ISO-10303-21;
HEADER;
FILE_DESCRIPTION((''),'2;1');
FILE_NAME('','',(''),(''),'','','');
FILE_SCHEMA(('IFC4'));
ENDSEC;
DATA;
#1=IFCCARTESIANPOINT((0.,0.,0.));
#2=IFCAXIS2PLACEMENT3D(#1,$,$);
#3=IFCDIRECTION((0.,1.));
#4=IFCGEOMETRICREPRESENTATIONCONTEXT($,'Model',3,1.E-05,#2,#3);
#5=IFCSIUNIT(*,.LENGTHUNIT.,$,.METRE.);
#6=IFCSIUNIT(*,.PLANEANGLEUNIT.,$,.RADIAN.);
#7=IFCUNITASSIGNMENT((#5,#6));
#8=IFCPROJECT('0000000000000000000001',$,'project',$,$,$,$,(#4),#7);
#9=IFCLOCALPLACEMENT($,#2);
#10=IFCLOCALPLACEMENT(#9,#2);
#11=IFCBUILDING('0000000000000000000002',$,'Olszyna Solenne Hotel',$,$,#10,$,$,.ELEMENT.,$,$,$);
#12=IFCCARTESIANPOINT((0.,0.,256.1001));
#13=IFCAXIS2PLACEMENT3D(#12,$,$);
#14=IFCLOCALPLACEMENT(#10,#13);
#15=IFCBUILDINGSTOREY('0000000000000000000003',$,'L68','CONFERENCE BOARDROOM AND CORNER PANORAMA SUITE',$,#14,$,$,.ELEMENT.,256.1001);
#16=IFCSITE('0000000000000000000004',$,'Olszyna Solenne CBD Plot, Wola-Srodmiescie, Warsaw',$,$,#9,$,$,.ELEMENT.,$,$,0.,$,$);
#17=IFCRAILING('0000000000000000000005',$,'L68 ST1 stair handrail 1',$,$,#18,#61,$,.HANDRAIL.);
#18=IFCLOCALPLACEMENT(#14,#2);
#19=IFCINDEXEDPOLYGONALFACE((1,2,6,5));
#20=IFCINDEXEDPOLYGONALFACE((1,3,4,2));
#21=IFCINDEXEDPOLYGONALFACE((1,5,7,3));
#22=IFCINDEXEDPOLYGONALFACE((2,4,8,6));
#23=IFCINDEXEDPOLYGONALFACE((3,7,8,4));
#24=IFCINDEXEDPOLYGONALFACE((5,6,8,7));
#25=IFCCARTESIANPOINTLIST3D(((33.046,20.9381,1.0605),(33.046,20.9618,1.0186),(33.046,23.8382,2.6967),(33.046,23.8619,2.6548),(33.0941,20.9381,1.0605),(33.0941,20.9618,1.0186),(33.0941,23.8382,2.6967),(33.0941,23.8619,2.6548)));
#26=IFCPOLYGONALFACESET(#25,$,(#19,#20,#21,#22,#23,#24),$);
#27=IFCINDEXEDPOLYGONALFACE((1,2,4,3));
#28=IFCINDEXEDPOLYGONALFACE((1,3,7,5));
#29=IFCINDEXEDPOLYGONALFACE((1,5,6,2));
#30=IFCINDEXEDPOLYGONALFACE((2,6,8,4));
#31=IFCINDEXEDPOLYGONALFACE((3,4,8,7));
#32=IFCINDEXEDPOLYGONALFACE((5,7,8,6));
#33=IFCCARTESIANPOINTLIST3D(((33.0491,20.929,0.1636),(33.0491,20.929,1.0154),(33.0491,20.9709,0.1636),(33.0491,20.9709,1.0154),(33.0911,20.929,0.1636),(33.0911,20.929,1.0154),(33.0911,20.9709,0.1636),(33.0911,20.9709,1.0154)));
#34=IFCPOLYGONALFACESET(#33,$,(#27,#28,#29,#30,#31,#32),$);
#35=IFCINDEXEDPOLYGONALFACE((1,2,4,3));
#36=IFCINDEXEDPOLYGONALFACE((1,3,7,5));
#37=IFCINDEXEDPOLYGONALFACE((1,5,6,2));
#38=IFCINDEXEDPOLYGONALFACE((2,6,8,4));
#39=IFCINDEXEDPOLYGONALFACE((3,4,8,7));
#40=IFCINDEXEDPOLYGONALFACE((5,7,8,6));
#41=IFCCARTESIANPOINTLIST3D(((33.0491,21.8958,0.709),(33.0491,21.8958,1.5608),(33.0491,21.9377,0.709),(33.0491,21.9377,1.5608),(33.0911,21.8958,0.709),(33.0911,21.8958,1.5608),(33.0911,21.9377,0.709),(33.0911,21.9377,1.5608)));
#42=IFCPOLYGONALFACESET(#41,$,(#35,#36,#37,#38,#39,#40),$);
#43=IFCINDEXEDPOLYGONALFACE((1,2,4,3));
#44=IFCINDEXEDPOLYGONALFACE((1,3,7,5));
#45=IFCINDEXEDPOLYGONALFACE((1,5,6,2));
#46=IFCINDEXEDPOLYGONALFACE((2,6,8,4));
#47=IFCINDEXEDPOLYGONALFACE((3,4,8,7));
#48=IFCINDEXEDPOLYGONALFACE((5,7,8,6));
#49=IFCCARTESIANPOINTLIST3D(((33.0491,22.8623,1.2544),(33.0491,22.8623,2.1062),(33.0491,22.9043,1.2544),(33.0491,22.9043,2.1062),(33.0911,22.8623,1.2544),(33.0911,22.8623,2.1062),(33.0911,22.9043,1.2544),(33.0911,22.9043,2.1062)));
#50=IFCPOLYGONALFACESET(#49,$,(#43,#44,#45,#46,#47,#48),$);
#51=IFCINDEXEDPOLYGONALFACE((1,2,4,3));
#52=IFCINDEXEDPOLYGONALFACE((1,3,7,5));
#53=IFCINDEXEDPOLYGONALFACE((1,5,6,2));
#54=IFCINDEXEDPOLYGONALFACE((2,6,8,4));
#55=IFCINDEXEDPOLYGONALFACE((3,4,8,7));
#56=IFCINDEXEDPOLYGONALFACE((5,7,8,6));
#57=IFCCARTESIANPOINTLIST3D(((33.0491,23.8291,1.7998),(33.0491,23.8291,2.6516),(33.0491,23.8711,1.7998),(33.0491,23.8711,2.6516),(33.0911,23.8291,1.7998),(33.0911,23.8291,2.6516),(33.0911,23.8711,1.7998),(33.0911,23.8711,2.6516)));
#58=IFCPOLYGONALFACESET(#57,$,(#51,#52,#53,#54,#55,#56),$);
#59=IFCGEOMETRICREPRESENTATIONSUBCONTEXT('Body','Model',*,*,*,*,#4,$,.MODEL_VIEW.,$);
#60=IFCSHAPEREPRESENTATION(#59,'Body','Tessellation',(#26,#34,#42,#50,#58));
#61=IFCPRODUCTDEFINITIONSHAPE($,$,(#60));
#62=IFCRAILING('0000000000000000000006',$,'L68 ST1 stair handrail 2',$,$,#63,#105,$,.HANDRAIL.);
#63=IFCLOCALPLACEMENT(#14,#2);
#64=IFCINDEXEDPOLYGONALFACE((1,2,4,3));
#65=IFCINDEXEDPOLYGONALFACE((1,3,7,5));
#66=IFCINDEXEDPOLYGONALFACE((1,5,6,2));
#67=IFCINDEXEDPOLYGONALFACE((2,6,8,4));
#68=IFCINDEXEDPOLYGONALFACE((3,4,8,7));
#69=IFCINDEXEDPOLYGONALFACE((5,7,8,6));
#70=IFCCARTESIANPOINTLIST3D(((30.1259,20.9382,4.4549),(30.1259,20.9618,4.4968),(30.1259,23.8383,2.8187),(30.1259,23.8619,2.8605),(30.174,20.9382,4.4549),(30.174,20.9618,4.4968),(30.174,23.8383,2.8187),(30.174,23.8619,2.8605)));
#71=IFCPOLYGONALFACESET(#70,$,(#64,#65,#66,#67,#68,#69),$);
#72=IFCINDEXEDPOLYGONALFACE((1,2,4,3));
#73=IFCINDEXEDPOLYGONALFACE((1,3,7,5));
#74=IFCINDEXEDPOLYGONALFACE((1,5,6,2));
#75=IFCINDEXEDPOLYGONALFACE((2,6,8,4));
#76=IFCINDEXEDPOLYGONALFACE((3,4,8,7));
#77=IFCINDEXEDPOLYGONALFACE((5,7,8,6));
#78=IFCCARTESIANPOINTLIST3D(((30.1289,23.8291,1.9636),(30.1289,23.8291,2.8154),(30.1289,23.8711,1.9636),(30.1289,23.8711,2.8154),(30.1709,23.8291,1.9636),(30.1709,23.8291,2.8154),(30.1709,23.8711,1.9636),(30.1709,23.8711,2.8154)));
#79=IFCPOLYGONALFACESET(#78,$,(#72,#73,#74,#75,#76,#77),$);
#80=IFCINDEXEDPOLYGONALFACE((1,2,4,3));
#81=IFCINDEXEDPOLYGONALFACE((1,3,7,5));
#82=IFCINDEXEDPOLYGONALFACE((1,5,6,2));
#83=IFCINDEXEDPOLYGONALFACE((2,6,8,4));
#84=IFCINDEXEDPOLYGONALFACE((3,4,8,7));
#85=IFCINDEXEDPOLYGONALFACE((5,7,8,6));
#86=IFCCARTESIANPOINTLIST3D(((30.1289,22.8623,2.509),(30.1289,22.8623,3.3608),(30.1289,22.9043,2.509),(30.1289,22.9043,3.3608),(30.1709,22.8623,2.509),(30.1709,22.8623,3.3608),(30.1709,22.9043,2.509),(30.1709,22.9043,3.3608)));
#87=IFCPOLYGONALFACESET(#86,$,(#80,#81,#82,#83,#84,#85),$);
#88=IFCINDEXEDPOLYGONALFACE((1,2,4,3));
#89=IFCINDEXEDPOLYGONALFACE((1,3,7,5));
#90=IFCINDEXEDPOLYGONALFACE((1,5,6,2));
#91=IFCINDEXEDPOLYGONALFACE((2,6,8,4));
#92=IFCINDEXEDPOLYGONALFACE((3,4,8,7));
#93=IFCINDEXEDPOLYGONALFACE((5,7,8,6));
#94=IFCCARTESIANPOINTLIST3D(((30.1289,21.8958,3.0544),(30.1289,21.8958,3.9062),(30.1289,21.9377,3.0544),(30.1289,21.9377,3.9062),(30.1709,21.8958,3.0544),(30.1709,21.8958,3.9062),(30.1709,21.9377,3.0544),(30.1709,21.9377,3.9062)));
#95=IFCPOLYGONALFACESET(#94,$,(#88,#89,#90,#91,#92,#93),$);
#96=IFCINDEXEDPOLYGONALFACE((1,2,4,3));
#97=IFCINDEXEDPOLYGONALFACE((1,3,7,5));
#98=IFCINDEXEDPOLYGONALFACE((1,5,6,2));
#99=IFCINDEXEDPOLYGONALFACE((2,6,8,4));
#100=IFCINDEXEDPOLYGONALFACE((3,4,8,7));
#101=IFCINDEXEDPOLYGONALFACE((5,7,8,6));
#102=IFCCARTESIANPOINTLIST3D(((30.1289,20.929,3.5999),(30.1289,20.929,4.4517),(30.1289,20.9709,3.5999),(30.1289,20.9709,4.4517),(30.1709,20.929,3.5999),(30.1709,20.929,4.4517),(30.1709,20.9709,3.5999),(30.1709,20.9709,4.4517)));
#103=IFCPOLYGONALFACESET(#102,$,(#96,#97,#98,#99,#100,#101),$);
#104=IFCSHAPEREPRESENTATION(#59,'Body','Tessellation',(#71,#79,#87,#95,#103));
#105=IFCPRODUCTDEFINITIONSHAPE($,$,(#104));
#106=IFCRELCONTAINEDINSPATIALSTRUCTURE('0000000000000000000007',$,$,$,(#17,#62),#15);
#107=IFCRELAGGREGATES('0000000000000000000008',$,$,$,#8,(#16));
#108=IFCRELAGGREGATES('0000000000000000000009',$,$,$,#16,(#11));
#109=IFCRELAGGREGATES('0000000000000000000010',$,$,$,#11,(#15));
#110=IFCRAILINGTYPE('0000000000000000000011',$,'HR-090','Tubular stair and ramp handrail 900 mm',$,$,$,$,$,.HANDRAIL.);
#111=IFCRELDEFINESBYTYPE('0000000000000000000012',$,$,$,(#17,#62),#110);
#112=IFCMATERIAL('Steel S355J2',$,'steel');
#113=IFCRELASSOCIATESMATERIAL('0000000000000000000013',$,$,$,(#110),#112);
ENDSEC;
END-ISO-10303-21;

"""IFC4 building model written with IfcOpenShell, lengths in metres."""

from ifc_helpers import new_model, si_unit, direction, frame, origin, origin_2d, place, context, subcontext, project, spatial, rectangle, extrude, material, type_object, element, save


model = new_model("IFC4")

# Units and contexts
model_context = context("Model", 3, precision=1e-05, world=origin(), true_north=direction((0.0, 1.0)))
body_context = subcontext(model_context, "Body", "Model", "MODEL_VIEW")
ifc_project = project(units=[si_unit("LENGTHUNIT", "METRE"), si_unit("PLANEANGLEUNIT", "RADIAN")], contexts=[model_context])

# Site, building, storey
site_placement = place(None, origin())
site = spatial("IfcSite", under=ifc_project, at=site_placement, Name="Olszyna Solenne CBD Plot, Wola-Srodmiescie, Warsaw", CompositionType="ELEMENT", RefElevation=0.0)
building_placement = place(site_placement, origin())
building = spatial("IfcBuilding", under=site, at=building_placement, Name="Olszyna Solenne Hotel", CompositionType="ELEMENT")
storey_placement = place(building_placement, frame((0.0, 0.0, 256.1001)))
storey = spatial("IfcBuildingStorey", under=building, at=storey_placement, Name="L68", Description="CONFERENCE BOARDROOM AND CORNER PANORAMA SUITE", CompositionType="ELEMENT", Elevation=256.1001)

# Shared definitions
ifc_material_1 = material(Name="Steel S355J2", Category="steel")

# Railings
railing_type_1 = type_object("IfcRailingType", Name="HR-090", Description="Tubular stair and ramp handrail 900 mm", PredefinedType="HANDRAIL", material=ifc_material_1)
railing_1_placement = place(storey_placement, frame((33.0701, 20.95, 0.1636)))
element("IfcRailing", 1, at=railing_1_placement, inside=storey, type_object=railing_type_1, Name="L68 ST1 stair handrail 1", PredefinedType="HANDRAIL", context=body_context, shape_type="SweptSolid", body=[
    extrude(rectangle(XDim=0.0481, YDim=0.0481, at=origin_2d()), frame((0.0, 0.0, 0.876), z_axis=(0.0, 0.870946, 0.491378), x_axis=(-1.0, 0.0, 0.0)), (0.0, 0.0, 1.0), 3.3298),
    extrude(rectangle(XDim=0.042, YDim=0.042, at=origin_2d()), origin(), (0.0, 0.0, 1.0), 0.8518),
    extrude(rectangle(XDim=0.042, YDim=0.042, at=origin_2d()), frame((0.0, 0.9668, 0.5454)), (0.0, 0.0, 1.0), 0.8518),
    extrude(rectangle(XDim=0.042, YDim=0.042, at=origin_2d()), frame((0.0, 1.9333, 1.0908)), (0.0, 0.0, 1.0), 0.8518),
    extrude(rectangle(XDim=0.042, YDim=0.042, at=origin_2d()), frame((0.0, 2.9001, 1.6362)), (0.0, 0.0, 1.0), 0.8518),
])
railing_2_placement = place(storey_placement, frame((30.1499, 23.8501, 1.9636)))
element("IfcRailing", 2, at=railing_2_placement, inside=storey, type_object=railing_type_1, Name="L68 ST1 stair handrail 2", PredefinedType="HANDRAIL", context=body_context, shape_type="SweptSolid", body=[
    extrude(rectangle(XDim=0.0481, YDim=0.0481, at=origin_2d()), frame((0.0, 0.0, 0.876), z_axis=(0.0, -0.870946, 0.491378), x_axis=(1.0, 0.0, 0.0)), (0.0, 0.0, 1.0), 3.3298),
    extrude(rectangle(XDim=0.042, YDim=0.042, at=origin_2d()), origin(), (0.0, 0.0, 1.0), 0.8518),
    extrude(rectangle(XDim=0.042, YDim=0.042, at=origin_2d()), frame((0.0, -0.9668, 0.5454)), (0.0, 0.0, 1.0), 0.8518),
    extrude(rectangle(XDim=0.042, YDim=0.042, at=origin_2d()), frame((0.0, -1.9333, 1.0908)), (0.0, 0.0, 1.0), 0.8518),
    extrude(rectangle(XDim=0.042, YDim=0.042, at=origin_2d()), frame((0.0, -2.9001, 1.6362)), (0.0, 0.0, 1.0), 0.8518),
])

save(model, "model.ifc")
